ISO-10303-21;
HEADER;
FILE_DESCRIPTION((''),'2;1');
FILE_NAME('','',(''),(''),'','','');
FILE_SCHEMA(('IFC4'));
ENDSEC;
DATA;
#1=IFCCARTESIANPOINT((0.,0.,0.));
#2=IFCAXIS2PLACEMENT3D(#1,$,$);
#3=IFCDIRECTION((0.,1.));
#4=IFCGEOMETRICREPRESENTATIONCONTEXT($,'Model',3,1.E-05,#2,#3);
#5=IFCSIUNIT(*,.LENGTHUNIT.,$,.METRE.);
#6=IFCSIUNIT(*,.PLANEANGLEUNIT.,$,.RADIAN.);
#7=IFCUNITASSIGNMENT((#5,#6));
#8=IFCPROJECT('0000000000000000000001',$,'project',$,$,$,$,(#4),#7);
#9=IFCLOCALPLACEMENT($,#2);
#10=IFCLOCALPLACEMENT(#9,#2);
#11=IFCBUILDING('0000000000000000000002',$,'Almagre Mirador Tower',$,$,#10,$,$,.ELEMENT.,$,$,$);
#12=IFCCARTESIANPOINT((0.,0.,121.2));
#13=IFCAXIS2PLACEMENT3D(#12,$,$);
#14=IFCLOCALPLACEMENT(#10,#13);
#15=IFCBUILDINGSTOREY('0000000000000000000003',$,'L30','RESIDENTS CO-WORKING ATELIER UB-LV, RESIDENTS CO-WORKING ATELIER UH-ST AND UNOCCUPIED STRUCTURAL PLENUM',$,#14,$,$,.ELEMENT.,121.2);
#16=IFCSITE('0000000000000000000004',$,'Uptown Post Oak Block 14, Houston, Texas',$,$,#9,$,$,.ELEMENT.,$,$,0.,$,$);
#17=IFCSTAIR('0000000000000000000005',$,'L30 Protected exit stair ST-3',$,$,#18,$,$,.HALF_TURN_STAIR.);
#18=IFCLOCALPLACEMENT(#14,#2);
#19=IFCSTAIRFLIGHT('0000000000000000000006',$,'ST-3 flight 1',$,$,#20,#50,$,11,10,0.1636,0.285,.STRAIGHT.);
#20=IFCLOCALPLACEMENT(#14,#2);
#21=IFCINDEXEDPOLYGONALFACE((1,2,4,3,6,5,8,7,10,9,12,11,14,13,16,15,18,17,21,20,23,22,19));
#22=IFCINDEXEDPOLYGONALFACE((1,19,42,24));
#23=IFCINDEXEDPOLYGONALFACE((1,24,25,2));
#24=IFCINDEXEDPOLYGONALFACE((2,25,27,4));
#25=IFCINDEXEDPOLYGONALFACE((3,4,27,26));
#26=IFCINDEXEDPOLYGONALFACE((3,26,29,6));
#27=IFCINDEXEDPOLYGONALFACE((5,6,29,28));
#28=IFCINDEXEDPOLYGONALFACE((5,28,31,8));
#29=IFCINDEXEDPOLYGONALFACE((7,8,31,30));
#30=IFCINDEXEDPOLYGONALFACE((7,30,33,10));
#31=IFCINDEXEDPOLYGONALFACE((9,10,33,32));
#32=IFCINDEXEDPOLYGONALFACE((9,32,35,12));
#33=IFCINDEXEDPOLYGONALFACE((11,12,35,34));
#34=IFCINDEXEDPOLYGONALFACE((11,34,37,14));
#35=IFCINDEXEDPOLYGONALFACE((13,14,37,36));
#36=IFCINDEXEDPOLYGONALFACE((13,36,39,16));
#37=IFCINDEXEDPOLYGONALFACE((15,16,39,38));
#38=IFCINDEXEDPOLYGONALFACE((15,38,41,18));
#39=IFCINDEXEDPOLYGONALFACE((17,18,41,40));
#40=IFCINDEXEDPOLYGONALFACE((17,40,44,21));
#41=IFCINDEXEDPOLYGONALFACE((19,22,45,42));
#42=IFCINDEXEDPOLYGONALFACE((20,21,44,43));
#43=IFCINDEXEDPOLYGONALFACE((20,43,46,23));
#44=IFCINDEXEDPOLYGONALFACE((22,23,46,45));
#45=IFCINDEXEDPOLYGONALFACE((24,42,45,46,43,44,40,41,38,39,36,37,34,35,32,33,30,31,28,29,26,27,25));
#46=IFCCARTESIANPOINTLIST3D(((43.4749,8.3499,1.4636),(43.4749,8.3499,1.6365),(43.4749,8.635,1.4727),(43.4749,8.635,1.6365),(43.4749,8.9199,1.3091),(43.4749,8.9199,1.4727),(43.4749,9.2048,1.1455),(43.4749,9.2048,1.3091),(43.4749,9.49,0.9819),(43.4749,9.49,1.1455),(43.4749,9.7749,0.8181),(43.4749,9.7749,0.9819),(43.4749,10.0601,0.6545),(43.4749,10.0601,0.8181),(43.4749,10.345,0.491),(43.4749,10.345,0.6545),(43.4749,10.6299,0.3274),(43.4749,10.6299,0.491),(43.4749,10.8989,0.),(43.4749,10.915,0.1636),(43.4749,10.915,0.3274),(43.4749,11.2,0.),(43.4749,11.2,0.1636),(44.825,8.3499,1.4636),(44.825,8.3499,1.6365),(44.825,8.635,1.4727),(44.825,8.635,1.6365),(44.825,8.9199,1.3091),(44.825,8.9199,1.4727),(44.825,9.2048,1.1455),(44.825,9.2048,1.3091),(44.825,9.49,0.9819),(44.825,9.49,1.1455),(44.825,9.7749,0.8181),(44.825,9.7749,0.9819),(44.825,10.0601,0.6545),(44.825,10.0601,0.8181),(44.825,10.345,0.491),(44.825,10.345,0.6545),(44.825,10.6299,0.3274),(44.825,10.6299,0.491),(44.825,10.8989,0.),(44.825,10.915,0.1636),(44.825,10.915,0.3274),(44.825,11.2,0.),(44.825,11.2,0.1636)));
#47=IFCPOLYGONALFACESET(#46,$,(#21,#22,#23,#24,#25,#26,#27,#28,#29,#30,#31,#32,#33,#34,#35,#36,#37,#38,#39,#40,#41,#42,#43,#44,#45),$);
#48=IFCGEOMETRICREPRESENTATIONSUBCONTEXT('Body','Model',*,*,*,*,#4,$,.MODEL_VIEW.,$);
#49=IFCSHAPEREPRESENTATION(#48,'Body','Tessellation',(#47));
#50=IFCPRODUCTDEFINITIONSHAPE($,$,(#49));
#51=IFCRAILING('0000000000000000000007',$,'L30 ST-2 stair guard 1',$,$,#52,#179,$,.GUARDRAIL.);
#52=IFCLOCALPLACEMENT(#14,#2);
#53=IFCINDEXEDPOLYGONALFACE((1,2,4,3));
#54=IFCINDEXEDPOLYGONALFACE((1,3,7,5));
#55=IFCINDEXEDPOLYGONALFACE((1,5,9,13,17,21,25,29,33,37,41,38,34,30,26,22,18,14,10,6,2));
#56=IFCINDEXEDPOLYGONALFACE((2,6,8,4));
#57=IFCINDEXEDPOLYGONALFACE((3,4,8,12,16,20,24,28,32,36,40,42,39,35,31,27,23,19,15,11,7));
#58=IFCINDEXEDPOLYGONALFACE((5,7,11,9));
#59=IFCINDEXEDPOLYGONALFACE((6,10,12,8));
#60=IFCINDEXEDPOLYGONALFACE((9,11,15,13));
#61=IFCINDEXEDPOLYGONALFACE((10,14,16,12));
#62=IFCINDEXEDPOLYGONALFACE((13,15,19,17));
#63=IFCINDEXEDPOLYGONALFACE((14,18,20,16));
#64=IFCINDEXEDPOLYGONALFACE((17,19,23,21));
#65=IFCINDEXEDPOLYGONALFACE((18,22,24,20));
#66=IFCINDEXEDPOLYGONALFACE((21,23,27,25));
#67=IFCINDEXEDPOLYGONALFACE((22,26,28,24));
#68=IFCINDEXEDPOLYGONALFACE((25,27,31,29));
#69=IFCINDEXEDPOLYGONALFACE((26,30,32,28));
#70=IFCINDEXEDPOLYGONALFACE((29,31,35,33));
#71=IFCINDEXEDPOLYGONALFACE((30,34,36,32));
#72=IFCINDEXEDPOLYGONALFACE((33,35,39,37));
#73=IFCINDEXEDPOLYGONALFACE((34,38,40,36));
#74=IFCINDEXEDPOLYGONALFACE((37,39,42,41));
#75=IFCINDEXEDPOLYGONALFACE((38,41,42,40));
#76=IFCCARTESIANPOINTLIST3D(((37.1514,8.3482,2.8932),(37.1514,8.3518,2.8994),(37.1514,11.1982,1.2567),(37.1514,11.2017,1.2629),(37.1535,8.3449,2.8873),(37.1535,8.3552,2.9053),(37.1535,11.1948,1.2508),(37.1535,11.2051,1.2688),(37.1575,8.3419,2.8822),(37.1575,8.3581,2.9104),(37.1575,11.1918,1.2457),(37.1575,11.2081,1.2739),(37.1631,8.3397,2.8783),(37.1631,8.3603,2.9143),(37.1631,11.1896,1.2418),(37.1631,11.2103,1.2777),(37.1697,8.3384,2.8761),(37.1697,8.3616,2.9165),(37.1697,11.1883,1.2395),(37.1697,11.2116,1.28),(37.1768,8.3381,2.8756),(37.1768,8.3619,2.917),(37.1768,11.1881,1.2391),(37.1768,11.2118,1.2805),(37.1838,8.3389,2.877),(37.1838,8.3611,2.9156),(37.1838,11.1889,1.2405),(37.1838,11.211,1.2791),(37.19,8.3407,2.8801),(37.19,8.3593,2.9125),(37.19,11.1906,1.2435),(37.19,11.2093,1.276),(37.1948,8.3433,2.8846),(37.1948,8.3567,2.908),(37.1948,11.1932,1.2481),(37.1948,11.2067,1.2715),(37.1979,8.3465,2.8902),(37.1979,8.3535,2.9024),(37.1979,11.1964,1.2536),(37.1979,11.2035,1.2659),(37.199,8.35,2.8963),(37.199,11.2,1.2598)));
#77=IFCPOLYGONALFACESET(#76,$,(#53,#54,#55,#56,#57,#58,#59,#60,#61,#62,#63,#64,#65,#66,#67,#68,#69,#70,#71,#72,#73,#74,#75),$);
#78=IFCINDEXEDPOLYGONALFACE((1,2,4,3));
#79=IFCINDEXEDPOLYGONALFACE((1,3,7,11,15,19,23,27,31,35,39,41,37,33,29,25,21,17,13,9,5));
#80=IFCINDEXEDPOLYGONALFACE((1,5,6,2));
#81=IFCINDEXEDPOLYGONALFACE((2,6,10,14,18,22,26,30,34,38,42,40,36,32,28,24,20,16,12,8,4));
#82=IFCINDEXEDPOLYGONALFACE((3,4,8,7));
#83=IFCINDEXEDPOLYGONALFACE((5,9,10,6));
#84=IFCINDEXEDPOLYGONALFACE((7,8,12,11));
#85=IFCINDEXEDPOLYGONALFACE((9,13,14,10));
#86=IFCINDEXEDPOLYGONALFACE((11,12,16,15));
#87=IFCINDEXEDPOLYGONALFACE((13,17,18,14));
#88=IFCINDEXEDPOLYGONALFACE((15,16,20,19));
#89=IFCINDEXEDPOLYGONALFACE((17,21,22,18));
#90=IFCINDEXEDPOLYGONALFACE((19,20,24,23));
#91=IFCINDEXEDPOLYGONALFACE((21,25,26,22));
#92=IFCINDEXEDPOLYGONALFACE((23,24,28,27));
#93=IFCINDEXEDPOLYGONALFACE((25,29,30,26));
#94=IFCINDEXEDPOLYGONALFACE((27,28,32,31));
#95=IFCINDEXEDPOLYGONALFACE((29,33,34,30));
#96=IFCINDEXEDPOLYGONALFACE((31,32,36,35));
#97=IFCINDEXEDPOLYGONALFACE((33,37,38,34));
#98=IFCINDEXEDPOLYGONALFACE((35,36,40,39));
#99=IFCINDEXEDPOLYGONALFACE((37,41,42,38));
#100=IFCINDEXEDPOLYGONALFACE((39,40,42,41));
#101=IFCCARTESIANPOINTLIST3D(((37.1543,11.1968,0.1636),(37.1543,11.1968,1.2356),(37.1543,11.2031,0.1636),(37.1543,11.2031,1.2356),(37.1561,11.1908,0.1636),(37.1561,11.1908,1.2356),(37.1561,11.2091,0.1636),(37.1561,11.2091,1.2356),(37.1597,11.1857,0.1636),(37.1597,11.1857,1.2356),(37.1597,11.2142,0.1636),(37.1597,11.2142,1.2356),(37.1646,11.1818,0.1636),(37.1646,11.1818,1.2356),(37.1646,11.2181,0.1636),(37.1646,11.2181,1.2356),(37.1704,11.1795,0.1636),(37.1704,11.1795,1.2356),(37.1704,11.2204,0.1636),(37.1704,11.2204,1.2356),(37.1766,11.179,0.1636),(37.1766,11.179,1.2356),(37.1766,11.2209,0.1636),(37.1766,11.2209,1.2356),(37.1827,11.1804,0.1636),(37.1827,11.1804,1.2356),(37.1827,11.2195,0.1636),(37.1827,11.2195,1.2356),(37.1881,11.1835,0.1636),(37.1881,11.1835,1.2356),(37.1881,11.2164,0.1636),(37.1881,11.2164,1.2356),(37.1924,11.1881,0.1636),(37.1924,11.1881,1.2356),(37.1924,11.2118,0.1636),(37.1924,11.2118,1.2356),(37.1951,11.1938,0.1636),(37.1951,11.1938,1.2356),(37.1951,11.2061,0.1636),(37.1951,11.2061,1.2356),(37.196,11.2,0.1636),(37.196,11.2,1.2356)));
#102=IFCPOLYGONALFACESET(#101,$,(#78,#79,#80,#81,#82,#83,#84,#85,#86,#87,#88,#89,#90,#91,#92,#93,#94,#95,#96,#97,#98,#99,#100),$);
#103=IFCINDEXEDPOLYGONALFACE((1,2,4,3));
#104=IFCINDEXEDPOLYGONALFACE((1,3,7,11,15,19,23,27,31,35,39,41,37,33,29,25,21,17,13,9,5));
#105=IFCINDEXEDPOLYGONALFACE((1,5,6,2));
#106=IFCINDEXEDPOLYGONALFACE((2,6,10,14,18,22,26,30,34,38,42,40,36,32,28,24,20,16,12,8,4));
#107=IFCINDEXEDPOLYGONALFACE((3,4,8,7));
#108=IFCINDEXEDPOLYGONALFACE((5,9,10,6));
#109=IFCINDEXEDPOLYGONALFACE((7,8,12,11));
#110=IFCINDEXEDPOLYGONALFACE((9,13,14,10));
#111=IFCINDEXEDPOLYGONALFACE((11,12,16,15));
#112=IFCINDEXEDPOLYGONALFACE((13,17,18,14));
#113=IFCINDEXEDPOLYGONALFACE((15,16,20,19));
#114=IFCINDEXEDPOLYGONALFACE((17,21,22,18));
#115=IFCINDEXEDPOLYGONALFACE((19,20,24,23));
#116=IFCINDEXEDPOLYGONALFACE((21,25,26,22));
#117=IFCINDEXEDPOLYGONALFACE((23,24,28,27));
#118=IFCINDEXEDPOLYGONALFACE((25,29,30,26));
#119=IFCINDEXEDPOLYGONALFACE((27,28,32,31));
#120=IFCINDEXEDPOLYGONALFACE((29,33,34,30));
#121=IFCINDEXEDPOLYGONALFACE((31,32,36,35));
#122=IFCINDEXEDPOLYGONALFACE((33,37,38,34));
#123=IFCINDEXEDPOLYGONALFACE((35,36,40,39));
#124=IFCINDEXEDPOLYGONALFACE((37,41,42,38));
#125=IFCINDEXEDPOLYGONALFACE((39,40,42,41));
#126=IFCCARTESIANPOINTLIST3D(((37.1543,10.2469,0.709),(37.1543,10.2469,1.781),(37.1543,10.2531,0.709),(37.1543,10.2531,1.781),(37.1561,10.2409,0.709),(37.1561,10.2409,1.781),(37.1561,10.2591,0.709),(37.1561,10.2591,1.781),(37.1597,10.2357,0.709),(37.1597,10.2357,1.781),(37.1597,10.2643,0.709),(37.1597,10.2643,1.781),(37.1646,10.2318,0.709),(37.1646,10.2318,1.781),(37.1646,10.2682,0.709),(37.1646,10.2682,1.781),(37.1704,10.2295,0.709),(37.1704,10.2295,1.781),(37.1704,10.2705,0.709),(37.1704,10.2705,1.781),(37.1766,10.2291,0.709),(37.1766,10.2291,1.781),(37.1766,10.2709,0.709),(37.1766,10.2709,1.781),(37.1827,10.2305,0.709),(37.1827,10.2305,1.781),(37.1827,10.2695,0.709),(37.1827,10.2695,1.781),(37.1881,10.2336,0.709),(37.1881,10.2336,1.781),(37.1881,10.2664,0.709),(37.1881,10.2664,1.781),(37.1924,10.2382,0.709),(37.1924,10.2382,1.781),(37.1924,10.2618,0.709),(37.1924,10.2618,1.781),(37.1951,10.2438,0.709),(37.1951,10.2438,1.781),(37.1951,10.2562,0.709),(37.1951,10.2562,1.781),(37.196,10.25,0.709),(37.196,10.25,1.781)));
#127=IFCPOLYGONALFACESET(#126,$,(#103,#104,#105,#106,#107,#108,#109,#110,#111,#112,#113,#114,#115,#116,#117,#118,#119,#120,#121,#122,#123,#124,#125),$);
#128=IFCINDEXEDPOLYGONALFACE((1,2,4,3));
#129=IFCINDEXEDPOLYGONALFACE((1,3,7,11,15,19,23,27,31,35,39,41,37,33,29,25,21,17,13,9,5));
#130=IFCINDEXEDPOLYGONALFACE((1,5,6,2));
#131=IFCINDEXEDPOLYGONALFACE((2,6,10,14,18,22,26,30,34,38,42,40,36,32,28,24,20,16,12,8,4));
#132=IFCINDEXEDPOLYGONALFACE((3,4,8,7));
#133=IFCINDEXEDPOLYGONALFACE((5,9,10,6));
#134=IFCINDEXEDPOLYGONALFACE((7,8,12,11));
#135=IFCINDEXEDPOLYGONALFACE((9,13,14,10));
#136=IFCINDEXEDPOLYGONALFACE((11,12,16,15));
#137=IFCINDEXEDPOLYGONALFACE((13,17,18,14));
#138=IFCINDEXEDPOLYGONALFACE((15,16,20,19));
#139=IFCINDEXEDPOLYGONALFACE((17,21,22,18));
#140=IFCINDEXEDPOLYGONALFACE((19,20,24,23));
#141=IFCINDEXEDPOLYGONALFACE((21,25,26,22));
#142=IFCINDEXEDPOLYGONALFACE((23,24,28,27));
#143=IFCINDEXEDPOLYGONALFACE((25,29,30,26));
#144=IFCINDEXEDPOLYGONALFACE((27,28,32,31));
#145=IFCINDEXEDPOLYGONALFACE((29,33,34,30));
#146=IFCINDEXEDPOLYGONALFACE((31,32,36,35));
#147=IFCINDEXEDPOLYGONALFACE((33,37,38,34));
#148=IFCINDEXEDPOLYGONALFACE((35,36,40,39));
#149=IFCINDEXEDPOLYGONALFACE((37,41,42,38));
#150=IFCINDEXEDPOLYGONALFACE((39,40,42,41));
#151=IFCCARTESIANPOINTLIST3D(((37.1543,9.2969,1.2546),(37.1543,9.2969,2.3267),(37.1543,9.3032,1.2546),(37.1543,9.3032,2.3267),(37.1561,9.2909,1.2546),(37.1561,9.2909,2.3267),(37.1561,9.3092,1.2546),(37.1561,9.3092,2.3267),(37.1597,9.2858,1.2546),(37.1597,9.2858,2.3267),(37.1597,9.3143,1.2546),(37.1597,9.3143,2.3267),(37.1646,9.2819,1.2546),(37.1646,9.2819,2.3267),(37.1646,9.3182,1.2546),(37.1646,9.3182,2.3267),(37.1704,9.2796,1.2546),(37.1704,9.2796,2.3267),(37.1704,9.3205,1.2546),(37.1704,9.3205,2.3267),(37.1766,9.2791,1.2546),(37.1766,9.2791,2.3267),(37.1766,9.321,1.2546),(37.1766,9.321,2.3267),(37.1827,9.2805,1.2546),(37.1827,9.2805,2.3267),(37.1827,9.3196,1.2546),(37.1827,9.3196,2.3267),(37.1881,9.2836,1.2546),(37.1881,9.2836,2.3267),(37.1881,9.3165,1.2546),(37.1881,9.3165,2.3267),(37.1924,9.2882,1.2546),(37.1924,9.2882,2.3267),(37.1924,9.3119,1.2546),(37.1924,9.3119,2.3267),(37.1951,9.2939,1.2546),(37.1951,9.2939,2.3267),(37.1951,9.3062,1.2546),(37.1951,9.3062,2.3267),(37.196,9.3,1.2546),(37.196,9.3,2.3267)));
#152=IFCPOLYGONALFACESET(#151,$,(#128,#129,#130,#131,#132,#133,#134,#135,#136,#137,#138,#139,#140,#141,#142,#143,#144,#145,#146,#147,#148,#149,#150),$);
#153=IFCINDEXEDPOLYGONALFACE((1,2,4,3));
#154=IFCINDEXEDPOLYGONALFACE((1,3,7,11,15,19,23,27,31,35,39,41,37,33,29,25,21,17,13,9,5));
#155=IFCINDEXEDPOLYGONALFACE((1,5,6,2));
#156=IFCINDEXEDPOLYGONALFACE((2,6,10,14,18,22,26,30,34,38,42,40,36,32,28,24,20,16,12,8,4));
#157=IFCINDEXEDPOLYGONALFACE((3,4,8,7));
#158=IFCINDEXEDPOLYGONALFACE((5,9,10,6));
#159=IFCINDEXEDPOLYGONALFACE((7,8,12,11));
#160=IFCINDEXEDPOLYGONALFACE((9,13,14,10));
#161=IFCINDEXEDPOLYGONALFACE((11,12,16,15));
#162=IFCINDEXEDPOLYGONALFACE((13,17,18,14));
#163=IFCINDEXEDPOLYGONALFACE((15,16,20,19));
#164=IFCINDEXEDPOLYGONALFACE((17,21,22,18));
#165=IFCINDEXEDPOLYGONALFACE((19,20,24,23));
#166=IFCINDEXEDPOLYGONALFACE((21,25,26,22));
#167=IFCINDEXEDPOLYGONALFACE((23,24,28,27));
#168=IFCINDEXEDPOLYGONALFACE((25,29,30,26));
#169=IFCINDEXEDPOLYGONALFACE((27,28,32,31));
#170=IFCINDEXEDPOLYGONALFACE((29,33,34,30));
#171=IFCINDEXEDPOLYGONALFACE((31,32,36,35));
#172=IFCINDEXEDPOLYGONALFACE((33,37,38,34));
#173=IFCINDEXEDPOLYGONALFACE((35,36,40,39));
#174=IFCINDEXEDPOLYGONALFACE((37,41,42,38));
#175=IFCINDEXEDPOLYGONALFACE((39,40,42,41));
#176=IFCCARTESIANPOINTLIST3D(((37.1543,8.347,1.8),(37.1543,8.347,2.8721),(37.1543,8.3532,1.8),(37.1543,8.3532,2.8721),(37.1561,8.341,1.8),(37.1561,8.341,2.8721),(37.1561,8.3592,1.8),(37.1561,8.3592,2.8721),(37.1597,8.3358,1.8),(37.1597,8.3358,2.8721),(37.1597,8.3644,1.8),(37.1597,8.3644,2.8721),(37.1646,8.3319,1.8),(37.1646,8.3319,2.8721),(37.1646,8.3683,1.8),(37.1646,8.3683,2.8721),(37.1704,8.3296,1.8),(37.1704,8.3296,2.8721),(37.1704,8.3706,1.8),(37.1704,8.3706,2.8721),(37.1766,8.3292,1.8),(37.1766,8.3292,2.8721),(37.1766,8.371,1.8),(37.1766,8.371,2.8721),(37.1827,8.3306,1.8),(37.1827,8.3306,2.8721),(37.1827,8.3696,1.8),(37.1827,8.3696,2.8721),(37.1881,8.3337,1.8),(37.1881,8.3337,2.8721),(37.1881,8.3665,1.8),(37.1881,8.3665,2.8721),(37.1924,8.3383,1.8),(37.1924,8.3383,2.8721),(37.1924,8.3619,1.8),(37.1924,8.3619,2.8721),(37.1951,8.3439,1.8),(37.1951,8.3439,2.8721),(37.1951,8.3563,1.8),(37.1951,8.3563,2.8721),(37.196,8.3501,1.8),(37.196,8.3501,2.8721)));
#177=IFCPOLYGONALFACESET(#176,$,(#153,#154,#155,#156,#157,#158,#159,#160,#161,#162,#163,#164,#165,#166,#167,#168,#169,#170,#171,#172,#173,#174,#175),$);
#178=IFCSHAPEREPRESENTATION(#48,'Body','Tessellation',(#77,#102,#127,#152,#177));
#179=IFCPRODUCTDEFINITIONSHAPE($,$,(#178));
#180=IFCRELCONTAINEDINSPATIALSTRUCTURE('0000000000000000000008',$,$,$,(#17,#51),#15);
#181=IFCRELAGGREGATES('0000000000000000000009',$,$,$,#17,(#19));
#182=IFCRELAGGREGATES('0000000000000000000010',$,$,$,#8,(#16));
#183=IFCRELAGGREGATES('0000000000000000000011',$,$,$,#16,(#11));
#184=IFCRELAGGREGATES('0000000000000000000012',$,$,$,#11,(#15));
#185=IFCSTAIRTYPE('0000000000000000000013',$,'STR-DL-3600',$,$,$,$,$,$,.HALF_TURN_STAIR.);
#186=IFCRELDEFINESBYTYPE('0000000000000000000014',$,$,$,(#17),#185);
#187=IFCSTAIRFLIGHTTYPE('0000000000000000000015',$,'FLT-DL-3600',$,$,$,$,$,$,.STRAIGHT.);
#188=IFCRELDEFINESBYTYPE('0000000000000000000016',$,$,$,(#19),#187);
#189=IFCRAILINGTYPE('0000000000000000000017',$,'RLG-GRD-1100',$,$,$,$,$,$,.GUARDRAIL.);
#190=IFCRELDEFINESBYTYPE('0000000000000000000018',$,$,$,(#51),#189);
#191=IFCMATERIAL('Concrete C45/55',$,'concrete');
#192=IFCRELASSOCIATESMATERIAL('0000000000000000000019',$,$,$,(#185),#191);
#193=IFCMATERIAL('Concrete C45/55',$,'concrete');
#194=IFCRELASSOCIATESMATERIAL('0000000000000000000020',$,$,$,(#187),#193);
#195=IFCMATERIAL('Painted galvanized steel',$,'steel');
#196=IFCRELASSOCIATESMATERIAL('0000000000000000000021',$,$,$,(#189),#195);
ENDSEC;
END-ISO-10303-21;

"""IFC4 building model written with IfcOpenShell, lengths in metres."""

from ifc_helpers import new_model, si_unit, direction, frame, origin, origin_2d, place, context, subcontext, project, spatial, polyline, circle, outline, extrude, material, type_object, element, aggregate, save


model = new_model("IFC4")

# Units and contexts
model_context = context("Model", 3, precision=1e-05, world=origin(), true_north=direction((0.0, 1.0)))
body_context = subcontext(model_context, "Body", "Model", "MODEL_VIEW")
ifc_project = project(units=[si_unit("LENGTHUNIT", "METRE"), si_unit("PLANEANGLEUNIT", "RADIAN")], contexts=[model_context])

# Site, building, storey
site_placement = place(None, origin())
site = spatial("IfcSite", under=ifc_project, at=site_placement, Name="Uptown Post Oak Block 14, Houston, Texas", CompositionType="ELEMENT", RefElevation=0.0)
building_placement = place(site_placement, origin())
building = spatial("IfcBuilding", under=site, at=building_placement, Name="Almagre Mirador Tower", CompositionType="ELEMENT")
storey_placement = place(building_placement, frame((0.0, 0.0, 121.2)))
storey = spatial("IfcBuildingStorey", under=building, at=storey_placement, Name="L30", Description="RESIDENTS CO-WORKING ATELIER UB-LV, RESIDENTS CO-WORKING ATELIER UH-ST AND UNOCCUPIED STRUCTURAL PLENUM", CompositionType="ELEMENT", Elevation=121.2)

# Shared definitions
ifc_material_1 = material(Name="Concrete C45/55", Category="concrete")
stair_type = type_object("IfcStairType", Name="STR-DL-3600", PredefinedType="HALF_TURN_STAIR", material=ifc_material_1)
ifc_material_2 = material(Name="Concrete C45/55", Category="concrete")
stair_flight_type = type_object("IfcStairFlightType", Name="FLT-DL-3600", PredefinedType="STRAIGHT", material=ifc_material_2)

# Stair, stair flight
stair_1_placement = place(storey_placement, origin())
stair_1 = element("IfcStair", 1, at=stair_1_placement, inside=storey, type_object=stair_type, Name="L30 Protected exit stair ST-3", PredefinedType="HALF_TURN_STAIR")
stair_flight_1_placement = place(storey_placement, frame((44.1499, 11.2, 0.0), z_axis=(0.0, 0.0, 1.0), x_axis=(0.0, -1.0, 0.0)))
stair_flight_1 = element("IfcStairFlight", 2, at=stair_flight_1_placement, type_object=stair_flight_type, Name="ST-3 flight 1", NumberOfRisers=11, NumberOfTreads=10, PredefinedType="STRAIGHT", RiserHeight=0.1636, TreadLength=0.285, context=body_context, shape_type="SweptSolid", body=[
    extrude(outline(polyline([(0.0, 0.0), (0.0, 0.1636), (0.2849, 0.1636), (0.2849, 0.3274), (0.5701, 0.3274), (0.5701, 0.491), (0.855, 0.491), (0.855, 0.6545), (1.1399, 0.6545), (1.1399, 0.8181), (1.425, 0.8181), (1.425, 0.9819), (1.71, 0.9819), (1.71, 1.1455), (1.9951, 1.1455), (1.9951, 1.3091), (2.28, 1.3091), (2.28, 1.4727), (2.5649, 1.4727), (2.5649, 1.6365), (2.8501, 1.6365), (2.8501, 1.8), (2.8501, 1.4636), (0.301, 0.0), (0.0, 0.0)])), frame((0.0, 0.675, 0.0), z_axis=(0.0, -1.0, 0.0), x_axis=(1.0, 0.0, 0.0)), (0.0, 0.0, 1.0), 1.3501),
])
aggregate(stair_1, [stair_flight_1])

# Railing
ifc_material_3 = material(Name="Painted galvanized steel", Category="steel")
railing_type_1 = type_object("IfcRailingType", Name="RLG-GRD-1100", PredefinedType="GUARDRAIL", material=ifc_material_3)
railing_1_placement = place(storey_placement, frame((37.175, 11.2, 0.1636)))
element("IfcRailing", 3, at=railing_1_placement, inside=storey, type_object=railing_type_1, Name="L30 ST-2 stair guard 1", PredefinedType="GUARDRAIL", context=body_context, shape_type="SweptSolid", body=[
    extrude(circle(Radius=0.0239, at=origin_2d()), frame((0.0, 0.0, 1.0962), z_axis=(0.0, -0.867194, 0.49797), x_axis=(1.0, 0.0, 0.0)), (0.0, 0.0, 1.0), 3.2864),
    extrude(circle(Radius=0.021, at=origin_2d()), origin(), (0.0, 0.0, 1.0), 1.072),
    extrude(circle(Radius=0.021, at=origin_2d()), frame((0.0, -0.95, 0.5454)), (0.0, 0.0, 1.0), 1.072),
    extrude(circle(Radius=0.021, at=origin_2d()), frame((0.0, -1.8999, 1.0911)), (0.0, 0.0, 1.0), 1.072),
    extrude(circle(Radius=0.021, at=origin_2d()), frame((0.0, -2.8499, 1.6365)), (0.0, 0.0, 1.0), 1.072),
])

save(model, "model.ifc")
